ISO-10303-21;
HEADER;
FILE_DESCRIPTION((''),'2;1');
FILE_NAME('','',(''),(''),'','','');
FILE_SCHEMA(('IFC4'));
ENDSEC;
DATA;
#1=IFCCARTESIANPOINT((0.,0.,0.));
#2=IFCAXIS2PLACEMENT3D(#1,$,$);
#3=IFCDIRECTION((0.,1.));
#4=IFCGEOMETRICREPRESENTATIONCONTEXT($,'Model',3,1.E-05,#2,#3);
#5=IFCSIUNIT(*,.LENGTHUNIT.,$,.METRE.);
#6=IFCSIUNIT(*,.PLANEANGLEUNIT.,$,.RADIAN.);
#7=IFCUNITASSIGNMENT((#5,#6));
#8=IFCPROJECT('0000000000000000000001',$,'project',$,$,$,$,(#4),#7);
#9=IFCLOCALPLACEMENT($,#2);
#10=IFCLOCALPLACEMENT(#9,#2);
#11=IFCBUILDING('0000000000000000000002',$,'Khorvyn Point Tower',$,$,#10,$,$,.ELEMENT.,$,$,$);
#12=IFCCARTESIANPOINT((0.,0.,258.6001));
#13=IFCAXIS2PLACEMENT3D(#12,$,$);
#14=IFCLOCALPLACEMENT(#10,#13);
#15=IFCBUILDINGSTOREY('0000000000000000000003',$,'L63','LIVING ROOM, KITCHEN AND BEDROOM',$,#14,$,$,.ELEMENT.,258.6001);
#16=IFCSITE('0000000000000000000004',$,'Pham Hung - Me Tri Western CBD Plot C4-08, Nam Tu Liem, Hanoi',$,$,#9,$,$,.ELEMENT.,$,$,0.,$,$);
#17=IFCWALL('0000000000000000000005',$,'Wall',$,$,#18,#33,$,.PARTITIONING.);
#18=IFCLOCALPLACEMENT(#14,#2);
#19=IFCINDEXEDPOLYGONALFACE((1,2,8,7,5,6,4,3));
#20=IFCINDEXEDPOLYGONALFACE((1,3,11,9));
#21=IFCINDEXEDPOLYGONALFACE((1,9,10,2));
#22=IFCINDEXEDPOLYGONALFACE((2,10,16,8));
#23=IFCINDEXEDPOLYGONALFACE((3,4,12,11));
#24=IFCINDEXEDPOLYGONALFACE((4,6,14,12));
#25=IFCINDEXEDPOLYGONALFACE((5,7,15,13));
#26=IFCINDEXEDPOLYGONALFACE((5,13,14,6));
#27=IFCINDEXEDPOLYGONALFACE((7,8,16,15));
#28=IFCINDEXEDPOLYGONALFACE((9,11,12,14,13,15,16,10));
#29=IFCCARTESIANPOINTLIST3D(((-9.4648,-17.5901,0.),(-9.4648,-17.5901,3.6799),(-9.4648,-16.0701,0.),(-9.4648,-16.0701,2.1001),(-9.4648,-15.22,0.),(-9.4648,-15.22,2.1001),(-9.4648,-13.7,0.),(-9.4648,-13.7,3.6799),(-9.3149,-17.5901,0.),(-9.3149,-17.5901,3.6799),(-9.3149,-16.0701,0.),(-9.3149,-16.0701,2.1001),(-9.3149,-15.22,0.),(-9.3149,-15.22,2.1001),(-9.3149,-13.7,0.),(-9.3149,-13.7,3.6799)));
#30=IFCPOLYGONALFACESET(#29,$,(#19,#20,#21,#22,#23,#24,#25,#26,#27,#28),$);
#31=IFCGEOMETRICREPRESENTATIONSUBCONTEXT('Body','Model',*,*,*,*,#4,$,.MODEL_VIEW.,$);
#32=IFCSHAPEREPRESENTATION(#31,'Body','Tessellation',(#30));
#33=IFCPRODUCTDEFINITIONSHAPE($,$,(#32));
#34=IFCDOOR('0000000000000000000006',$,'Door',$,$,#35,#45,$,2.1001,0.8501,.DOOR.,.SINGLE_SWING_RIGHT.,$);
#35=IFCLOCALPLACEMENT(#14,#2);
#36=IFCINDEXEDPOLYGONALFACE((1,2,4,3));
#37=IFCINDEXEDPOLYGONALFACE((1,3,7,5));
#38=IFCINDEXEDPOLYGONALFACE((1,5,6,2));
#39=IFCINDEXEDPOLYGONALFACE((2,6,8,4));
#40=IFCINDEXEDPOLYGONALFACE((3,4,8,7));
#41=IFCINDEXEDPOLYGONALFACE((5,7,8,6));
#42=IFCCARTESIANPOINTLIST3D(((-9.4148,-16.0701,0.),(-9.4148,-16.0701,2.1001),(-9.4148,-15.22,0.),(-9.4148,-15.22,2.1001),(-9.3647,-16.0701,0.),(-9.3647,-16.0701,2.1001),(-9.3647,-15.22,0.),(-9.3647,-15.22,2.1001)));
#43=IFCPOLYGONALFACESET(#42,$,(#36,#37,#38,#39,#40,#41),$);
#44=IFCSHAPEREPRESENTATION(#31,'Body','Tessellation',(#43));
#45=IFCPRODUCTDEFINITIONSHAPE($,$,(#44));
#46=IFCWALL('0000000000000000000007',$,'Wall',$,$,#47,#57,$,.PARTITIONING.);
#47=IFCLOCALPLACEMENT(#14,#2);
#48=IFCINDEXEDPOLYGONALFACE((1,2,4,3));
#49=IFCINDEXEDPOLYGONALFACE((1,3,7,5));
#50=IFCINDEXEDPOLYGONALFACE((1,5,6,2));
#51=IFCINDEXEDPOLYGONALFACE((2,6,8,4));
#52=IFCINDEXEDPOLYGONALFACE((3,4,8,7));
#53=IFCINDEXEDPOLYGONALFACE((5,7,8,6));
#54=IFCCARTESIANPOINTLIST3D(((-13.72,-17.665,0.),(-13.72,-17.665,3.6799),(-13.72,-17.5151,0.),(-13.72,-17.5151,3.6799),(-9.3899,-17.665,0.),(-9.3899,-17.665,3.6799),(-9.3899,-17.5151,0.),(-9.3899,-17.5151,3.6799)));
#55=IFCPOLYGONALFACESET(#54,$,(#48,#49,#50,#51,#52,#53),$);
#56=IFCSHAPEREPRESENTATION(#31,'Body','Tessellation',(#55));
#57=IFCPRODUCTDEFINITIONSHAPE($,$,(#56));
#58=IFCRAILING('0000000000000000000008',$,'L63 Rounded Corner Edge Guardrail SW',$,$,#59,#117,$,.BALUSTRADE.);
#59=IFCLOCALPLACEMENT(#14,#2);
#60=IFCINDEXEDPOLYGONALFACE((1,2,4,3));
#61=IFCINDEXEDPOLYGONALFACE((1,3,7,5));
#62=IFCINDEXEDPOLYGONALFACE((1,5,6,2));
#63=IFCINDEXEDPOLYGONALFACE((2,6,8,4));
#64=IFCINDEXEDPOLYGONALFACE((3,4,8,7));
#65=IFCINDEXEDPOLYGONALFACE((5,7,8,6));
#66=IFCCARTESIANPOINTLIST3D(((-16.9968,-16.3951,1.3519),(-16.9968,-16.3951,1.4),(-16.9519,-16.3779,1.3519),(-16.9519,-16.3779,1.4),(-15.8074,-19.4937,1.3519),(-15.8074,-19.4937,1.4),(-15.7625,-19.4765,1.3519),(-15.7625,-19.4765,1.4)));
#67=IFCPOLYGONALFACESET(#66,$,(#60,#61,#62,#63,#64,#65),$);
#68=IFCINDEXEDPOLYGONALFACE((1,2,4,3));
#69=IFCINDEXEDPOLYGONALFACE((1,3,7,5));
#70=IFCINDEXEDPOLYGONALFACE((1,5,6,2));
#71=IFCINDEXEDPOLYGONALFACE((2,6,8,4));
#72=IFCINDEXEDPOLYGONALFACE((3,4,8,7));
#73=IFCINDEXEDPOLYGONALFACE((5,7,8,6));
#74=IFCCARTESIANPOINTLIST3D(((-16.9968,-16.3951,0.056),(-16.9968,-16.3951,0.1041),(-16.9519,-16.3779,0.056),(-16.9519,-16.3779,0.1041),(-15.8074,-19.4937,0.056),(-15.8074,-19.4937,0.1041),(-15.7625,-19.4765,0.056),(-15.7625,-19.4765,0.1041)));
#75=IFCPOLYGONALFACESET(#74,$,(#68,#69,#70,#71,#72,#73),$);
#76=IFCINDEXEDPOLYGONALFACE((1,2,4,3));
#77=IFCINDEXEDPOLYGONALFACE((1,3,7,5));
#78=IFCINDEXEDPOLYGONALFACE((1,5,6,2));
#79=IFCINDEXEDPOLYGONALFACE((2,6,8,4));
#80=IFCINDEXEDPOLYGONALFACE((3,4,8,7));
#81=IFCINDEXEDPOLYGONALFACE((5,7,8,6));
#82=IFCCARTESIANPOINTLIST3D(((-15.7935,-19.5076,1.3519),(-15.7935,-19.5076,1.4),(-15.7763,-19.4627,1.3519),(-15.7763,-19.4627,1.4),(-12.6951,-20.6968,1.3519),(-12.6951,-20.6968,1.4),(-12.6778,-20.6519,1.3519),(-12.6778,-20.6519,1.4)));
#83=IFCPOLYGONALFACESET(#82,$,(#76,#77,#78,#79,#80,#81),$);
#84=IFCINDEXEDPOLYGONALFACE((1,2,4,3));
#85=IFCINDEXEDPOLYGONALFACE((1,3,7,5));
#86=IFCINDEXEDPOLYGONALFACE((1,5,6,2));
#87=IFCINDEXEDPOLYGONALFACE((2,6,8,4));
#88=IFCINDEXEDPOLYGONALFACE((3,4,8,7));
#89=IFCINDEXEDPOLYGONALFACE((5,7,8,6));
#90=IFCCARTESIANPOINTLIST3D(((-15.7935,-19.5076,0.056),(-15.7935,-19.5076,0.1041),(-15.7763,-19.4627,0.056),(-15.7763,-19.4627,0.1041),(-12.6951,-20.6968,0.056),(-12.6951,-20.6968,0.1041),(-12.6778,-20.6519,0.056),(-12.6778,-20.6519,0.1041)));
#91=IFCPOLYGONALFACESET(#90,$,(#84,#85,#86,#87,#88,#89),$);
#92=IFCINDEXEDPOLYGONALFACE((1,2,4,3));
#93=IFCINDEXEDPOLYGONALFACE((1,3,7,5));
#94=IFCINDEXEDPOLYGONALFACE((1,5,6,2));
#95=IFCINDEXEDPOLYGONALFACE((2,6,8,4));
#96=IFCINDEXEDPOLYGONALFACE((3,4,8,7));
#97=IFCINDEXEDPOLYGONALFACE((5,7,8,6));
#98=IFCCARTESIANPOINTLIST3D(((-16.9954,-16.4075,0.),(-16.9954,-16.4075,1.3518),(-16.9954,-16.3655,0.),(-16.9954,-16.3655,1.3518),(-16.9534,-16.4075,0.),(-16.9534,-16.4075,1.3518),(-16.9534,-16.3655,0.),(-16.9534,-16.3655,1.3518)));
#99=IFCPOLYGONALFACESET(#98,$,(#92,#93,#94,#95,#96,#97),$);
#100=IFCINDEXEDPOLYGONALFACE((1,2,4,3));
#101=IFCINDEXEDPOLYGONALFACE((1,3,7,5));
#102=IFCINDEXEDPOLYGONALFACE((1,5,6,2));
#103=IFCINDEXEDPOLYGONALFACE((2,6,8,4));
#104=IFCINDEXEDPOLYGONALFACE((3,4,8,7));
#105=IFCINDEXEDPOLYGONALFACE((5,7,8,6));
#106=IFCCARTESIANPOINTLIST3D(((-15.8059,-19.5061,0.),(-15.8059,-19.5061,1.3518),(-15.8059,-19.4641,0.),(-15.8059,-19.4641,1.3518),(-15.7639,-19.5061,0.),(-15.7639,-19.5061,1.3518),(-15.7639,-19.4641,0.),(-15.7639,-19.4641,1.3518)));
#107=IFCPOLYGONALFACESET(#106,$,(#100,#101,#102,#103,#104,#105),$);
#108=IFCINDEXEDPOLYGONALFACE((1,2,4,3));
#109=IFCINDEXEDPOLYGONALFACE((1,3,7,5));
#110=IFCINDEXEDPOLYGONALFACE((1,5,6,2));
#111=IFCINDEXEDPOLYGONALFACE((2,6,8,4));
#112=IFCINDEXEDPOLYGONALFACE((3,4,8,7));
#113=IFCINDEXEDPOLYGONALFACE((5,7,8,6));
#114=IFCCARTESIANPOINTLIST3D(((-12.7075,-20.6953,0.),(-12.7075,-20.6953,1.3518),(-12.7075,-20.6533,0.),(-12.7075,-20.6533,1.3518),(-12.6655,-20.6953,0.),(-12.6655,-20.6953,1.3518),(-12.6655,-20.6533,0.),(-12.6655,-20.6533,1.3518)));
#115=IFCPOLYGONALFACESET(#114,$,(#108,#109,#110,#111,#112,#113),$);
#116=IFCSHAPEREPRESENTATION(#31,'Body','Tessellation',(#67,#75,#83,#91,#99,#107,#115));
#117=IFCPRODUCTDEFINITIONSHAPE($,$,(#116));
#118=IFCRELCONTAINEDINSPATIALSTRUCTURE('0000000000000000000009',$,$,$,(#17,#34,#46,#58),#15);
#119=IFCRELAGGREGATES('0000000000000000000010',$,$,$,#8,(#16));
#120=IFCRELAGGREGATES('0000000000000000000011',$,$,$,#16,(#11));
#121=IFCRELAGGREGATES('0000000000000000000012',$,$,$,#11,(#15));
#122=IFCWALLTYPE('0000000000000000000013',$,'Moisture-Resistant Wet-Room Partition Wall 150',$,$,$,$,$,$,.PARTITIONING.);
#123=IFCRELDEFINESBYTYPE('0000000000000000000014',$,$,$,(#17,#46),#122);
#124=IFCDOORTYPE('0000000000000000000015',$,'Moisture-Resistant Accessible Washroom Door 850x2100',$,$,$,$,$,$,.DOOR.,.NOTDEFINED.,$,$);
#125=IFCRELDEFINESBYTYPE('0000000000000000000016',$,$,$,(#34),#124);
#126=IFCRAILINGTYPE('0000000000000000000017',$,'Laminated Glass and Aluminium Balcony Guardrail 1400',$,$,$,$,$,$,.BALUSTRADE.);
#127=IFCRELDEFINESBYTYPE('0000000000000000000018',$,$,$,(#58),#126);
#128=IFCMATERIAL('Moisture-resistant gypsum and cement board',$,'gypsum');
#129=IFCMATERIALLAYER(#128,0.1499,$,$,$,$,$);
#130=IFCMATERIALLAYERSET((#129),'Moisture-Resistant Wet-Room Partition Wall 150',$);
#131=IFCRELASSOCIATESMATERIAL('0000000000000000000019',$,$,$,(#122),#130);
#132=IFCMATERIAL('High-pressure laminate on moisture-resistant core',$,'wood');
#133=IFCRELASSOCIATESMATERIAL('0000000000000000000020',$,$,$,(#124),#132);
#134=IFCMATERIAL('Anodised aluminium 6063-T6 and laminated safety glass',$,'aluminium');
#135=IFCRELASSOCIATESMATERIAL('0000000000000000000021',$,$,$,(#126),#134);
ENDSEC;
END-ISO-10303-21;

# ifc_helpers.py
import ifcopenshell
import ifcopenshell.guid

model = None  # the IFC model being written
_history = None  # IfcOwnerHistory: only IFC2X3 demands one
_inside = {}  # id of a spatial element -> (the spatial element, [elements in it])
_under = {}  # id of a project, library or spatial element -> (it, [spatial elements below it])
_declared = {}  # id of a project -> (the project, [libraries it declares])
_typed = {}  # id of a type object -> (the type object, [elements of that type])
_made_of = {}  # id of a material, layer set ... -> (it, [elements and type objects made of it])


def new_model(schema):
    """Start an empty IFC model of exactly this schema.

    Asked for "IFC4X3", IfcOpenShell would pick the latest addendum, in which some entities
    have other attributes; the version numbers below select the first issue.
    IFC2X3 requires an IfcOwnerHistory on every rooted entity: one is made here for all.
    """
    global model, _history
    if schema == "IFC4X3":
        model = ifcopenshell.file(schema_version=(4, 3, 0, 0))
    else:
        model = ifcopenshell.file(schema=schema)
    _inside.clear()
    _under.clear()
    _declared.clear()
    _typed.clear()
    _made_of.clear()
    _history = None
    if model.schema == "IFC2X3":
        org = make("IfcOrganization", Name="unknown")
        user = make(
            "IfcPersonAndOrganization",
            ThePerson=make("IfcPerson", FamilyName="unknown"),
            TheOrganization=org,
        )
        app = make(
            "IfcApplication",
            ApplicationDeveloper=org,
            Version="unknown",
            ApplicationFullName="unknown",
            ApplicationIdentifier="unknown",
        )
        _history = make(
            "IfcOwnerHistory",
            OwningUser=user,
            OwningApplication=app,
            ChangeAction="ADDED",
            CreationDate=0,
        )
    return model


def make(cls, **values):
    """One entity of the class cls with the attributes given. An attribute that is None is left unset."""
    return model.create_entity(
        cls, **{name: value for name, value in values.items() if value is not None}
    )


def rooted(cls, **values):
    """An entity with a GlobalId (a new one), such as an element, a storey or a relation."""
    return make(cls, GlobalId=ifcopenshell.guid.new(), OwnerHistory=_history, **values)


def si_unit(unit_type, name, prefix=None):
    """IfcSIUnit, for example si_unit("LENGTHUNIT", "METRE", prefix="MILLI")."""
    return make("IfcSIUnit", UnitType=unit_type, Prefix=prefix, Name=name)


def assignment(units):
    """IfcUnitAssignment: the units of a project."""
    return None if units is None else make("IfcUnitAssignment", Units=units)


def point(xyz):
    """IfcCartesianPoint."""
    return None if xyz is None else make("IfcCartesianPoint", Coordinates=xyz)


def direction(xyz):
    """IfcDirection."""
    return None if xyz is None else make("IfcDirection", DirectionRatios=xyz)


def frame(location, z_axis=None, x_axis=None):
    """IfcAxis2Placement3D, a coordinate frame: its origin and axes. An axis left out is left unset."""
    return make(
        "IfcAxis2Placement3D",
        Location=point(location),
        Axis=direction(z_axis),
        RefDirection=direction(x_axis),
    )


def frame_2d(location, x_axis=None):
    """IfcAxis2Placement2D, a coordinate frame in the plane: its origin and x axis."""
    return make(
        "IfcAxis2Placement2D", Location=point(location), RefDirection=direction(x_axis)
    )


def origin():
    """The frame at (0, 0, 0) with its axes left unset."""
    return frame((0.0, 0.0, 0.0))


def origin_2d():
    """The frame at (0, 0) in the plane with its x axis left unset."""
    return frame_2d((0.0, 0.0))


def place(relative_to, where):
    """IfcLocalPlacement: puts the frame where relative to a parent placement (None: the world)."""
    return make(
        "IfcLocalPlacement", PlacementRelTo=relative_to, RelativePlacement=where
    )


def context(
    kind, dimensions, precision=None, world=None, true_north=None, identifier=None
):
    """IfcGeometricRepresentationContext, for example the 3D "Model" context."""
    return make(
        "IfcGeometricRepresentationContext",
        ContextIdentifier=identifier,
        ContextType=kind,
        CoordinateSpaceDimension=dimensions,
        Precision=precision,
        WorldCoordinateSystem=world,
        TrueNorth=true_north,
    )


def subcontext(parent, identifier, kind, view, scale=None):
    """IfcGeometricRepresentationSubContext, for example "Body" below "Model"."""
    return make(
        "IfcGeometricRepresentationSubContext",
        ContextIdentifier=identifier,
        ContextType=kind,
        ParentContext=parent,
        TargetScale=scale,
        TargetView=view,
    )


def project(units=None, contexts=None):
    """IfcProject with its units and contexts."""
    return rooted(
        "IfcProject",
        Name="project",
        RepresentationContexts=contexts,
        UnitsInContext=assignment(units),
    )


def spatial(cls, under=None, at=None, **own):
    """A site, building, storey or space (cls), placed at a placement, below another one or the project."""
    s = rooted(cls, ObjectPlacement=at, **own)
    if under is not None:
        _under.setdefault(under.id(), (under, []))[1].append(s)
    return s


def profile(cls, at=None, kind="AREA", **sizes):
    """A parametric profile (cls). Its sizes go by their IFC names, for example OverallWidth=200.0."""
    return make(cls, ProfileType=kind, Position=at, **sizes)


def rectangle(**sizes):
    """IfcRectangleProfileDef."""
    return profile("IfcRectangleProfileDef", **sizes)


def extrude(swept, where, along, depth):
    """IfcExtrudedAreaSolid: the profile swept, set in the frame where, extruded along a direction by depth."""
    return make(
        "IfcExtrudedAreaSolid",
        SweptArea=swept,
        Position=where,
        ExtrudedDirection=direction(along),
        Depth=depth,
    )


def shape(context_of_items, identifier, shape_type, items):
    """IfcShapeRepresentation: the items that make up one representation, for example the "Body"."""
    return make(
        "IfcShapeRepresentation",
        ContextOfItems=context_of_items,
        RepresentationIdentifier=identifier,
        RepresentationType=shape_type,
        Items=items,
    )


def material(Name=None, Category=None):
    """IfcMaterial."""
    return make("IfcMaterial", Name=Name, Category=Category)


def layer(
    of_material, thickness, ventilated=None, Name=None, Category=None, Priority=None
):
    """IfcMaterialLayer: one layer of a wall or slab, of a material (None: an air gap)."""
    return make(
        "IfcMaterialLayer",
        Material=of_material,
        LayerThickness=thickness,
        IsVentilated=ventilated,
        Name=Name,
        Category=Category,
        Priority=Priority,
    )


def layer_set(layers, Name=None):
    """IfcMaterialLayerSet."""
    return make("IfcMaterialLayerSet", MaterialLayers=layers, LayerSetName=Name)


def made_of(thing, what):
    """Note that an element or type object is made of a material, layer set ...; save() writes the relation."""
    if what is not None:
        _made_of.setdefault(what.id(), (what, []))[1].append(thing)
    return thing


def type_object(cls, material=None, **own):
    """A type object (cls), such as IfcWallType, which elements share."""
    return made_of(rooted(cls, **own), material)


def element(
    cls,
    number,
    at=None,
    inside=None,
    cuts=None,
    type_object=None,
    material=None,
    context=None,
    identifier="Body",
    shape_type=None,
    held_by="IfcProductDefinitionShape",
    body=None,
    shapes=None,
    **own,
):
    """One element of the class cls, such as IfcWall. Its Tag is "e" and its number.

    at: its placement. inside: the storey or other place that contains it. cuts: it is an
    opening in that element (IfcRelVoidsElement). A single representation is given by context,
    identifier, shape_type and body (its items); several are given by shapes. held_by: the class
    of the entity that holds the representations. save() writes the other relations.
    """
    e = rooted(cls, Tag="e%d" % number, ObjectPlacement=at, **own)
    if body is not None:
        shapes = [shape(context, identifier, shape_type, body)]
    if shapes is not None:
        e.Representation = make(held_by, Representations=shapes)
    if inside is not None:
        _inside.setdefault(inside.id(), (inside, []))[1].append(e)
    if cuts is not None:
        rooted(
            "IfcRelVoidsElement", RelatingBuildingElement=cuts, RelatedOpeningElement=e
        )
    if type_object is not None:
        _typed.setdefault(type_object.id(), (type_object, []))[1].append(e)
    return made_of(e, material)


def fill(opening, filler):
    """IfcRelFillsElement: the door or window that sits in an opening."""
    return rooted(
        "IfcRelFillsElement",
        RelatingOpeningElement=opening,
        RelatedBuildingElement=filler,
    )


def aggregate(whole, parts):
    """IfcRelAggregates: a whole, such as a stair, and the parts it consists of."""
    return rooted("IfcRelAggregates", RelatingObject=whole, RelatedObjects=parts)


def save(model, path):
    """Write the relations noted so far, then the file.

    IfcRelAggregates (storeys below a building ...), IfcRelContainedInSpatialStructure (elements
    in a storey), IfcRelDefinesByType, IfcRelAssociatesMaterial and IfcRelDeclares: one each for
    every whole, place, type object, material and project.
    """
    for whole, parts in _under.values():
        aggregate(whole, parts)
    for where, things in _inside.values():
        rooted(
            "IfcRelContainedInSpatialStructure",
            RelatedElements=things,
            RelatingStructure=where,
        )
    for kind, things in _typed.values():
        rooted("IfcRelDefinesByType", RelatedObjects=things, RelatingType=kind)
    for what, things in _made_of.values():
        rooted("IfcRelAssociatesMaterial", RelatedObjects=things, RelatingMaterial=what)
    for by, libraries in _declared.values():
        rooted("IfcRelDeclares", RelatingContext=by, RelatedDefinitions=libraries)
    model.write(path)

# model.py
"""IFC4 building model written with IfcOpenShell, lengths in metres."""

from ifc_helpers import new_model, si_unit, direction, frame, frame_2d, origin, origin_2d, place, context, subcontext, project, spatial, rectangle, extrude, material, layer, layer_set, type_object, element, fill, save


model = new_model("IFC4")

# Units and contexts
model_context = context("Model", 3, precision=1e-05, world=origin(), true_north=direction((0.0, 1.0)))
body_context = subcontext(model_context, "Body", "Model", "MODEL_VIEW")
ifc_project = project(units=[si_unit("LENGTHUNIT", "METRE"), si_unit("PLANEANGLEUNIT", "RADIAN")], contexts=[model_context])

# Site, building, storey
site_placement = place(None, origin())
site = spatial("IfcSite", under=ifc_project, at=site_placement, Name="Pham Hung - Me Tri Western CBD Plot C4-08, Nam Tu Liem, Hanoi", CompositionType="ELEMENT", RefElevation=0.0)
building_placement = place(site_placement, origin())
building = spatial("IfcBuilding", under=site, at=building_placement, Name="Khorvyn Point Tower", CompositionType="ELEMENT")
storey_placement = place(building_placement, frame((0.0, 0.0, 258.6001)))
storey = spatial("IfcBuildingStorey", under=building, at=storey_placement, Name="L63", Description="LIVING ROOM, KITCHEN AND BEDROOM", CompositionType="ELEMENT", Elevation=258.6001)

# Wall, opening, door
ifc_material_1 = material(Name="Moisture-resistant gypsum and cement board", Category="gypsum")
ifc_layer_1 = layer(ifc_material_1, 0.1499)
ifc_layer_set_1 = layer_set([ifc_layer_1], Name="Moisture-Resistant Wet-Room Partition Wall 150")
wall_type_1 = type_object("IfcWallType", Name="Moisture-Resistant Wet-Room Partition Wall 150", PredefinedType="PARTITIONING", material=ifc_layer_set_1)
wall_1_placement = place(storey_placement, frame((-9.3899, -17.5901, 0.0), z_axis=(0.0, 0.0, 1.0), x_axis=(0.0, 1.0, 0.0)))
wall_1 = element("IfcWall", 1, at=wall_1_placement, inside=storey, type_object=wall_type_1, Name="Wall", PredefinedType="PARTITIONING", context=body_context, shape_type="SweptSolid", body=[
    extrude(rectangle(XDim=3.8901, YDim=0.1499, at=frame_2d((1.9451, 0.0))), origin(), (0.0, 0.0, 1.0), 3.6799),
])
opening_1_placement = place(wall_1_placement, frame((1.52, 0.0, 0.0)))
opening_1 = element("IfcOpeningElement", 2, at=opening_1_placement, cuts=wall_1, PredefinedType="OPENING", context=body_context, shape_type="SweptSolid", body=[
    extrude(rectangle(XDim=0.8501, YDim=2.1001, at=frame_2d((0.425, 1.05))), frame((0.0, 0.085, 0.0), z_axis=(0.0, -1.0, 0.0), x_axis=(1.0, 0.0, 0.0)), (0.0, 0.0, 1.0), 0.1699),
])
ifc_material_2 = material(Name="High-pressure laminate on moisture-resistant core", Category="wood")
door_type_1 = type_object("IfcDoorType", Name="Moisture-Resistant Accessible Washroom Door 850x2100", OperationType="NOTDEFINED", PredefinedType="DOOR", material=ifc_material_2)
door_1_placement = place(opening_1_placement, origin())
door_1 = element("IfcDoor", 3, at=door_1_placement, inside=storey, type_object=door_type_1, Name="Door", OperationType="SINGLE_SWING_RIGHT", OverallHeight=2.1001, OverallWidth=0.8501, PredefinedType="DOOR", context=body_context, shape_type="SweptSolid", body=[
    extrude(rectangle(XDim=0.8501, YDim=2.1001, at=frame_2d((0.425, 1.05))), frame((0.0, 0.0249, 0.0), z_axis=(0.0, -1.0, 0.0), x_axis=(1.0, 0.0, 0.0)), (0.0, 0.0, 1.0), 0.05),
])
fill(opening_1, door_1)

# Wall
wall_2_placement = place(storey_placement, frame((-13.72, -17.5901, 0.0), z_axis=(0.0, 0.0, 1.0), x_axis=(1.0, 0.0, 0.0)))
element("IfcWall", 4, at=wall_2_placement, inside=storey, type_object=wall_type_1, Name="Wall", PredefinedType="PARTITIONING", context=body_context, shape_type="SweptSolid", body=[
    extrude(rectangle(XDim=4.3301, YDim=0.1499, at=frame_2d((2.165, 0.0))), origin(), (0.0, 0.0, 1.0), 3.6799),
])

# Railing
ifc_material_3 = material(Name="Anodised aluminium 6063-T6 and laminated safety glass", Category="aluminium")
railing_type = type_object("IfcRailingType", Name="Laminated Glass and Aluminium Balcony Guardrail 1400", PredefinedType="BALUSTRADE", material=ifc_material_3)
railing_1_placement = place(storey_placement, frame((-16.9744, -16.3865, 0.0)))
element("IfcRailing", 5, at=railing_1_placement, inside=storey, type_object=railing_type, Name="L63 Rounded Corner Edge Guardrail SW", PredefinedType="BALUSTRADE", context=body_context, shape_type="SweptSolid", body=[
    extrude(rectangle(XDim=0.0481, YDim=0.0481, at=origin_2d()), frame((0.0, 0.0, 1.376), z_axis=(0.358368, -0.93358, 0.0), x_axis=(0.93358, 0.358368, 0.0)), (0.0, 0.0, 1.0), 3.3191),
    extrude(rectangle(XDim=0.0481, YDim=0.0481, at=origin_2d()), frame((0.0, 0.0, 0.0801), z_axis=(0.358368, -0.93358, 0.0), x_axis=(0.93358, 0.358368, 0.0)), (0.0, 0.0, 1.0), 3.3191),
    extrude(rectangle(XDim=0.0481, YDim=0.0481, at=origin_2d()), frame((1.1895, -3.0986, 1.376), z_axis=(0.933596, -0.358328, 0.0), x_axis=(0.358328, 0.933596, 0.0)), (0.0, 0.0, 1.0), 3.3188),
    extrude(rectangle(XDim=0.0481, YDim=0.0481, at=origin_2d()), frame((1.1895, -3.0986, 0.0801), z_axis=(0.933596, -0.358328, 0.0), x_axis=(0.358328, 0.933596, 0.0)), (0.0, 0.0, 1.0), 3.3188),
    extrude(rectangle(XDim=0.042, YDim=0.042, at=origin_2d()), origin(), (0.0, 0.0, 1.0), 1.3518),
    extrude(rectangle(XDim=0.042, YDim=0.042, at=origin_2d()), frame((1.1895, -3.0986, 0.0)), (0.0, 0.0, 1.0), 1.3518),
    extrude(rectangle(XDim=0.042, YDim=0.042, at=origin_2d()), frame((4.2878, -4.2878, 0.0)), (0.0, 0.0, 1.0), 1.3518),
])

save(model, "model.ifc")
